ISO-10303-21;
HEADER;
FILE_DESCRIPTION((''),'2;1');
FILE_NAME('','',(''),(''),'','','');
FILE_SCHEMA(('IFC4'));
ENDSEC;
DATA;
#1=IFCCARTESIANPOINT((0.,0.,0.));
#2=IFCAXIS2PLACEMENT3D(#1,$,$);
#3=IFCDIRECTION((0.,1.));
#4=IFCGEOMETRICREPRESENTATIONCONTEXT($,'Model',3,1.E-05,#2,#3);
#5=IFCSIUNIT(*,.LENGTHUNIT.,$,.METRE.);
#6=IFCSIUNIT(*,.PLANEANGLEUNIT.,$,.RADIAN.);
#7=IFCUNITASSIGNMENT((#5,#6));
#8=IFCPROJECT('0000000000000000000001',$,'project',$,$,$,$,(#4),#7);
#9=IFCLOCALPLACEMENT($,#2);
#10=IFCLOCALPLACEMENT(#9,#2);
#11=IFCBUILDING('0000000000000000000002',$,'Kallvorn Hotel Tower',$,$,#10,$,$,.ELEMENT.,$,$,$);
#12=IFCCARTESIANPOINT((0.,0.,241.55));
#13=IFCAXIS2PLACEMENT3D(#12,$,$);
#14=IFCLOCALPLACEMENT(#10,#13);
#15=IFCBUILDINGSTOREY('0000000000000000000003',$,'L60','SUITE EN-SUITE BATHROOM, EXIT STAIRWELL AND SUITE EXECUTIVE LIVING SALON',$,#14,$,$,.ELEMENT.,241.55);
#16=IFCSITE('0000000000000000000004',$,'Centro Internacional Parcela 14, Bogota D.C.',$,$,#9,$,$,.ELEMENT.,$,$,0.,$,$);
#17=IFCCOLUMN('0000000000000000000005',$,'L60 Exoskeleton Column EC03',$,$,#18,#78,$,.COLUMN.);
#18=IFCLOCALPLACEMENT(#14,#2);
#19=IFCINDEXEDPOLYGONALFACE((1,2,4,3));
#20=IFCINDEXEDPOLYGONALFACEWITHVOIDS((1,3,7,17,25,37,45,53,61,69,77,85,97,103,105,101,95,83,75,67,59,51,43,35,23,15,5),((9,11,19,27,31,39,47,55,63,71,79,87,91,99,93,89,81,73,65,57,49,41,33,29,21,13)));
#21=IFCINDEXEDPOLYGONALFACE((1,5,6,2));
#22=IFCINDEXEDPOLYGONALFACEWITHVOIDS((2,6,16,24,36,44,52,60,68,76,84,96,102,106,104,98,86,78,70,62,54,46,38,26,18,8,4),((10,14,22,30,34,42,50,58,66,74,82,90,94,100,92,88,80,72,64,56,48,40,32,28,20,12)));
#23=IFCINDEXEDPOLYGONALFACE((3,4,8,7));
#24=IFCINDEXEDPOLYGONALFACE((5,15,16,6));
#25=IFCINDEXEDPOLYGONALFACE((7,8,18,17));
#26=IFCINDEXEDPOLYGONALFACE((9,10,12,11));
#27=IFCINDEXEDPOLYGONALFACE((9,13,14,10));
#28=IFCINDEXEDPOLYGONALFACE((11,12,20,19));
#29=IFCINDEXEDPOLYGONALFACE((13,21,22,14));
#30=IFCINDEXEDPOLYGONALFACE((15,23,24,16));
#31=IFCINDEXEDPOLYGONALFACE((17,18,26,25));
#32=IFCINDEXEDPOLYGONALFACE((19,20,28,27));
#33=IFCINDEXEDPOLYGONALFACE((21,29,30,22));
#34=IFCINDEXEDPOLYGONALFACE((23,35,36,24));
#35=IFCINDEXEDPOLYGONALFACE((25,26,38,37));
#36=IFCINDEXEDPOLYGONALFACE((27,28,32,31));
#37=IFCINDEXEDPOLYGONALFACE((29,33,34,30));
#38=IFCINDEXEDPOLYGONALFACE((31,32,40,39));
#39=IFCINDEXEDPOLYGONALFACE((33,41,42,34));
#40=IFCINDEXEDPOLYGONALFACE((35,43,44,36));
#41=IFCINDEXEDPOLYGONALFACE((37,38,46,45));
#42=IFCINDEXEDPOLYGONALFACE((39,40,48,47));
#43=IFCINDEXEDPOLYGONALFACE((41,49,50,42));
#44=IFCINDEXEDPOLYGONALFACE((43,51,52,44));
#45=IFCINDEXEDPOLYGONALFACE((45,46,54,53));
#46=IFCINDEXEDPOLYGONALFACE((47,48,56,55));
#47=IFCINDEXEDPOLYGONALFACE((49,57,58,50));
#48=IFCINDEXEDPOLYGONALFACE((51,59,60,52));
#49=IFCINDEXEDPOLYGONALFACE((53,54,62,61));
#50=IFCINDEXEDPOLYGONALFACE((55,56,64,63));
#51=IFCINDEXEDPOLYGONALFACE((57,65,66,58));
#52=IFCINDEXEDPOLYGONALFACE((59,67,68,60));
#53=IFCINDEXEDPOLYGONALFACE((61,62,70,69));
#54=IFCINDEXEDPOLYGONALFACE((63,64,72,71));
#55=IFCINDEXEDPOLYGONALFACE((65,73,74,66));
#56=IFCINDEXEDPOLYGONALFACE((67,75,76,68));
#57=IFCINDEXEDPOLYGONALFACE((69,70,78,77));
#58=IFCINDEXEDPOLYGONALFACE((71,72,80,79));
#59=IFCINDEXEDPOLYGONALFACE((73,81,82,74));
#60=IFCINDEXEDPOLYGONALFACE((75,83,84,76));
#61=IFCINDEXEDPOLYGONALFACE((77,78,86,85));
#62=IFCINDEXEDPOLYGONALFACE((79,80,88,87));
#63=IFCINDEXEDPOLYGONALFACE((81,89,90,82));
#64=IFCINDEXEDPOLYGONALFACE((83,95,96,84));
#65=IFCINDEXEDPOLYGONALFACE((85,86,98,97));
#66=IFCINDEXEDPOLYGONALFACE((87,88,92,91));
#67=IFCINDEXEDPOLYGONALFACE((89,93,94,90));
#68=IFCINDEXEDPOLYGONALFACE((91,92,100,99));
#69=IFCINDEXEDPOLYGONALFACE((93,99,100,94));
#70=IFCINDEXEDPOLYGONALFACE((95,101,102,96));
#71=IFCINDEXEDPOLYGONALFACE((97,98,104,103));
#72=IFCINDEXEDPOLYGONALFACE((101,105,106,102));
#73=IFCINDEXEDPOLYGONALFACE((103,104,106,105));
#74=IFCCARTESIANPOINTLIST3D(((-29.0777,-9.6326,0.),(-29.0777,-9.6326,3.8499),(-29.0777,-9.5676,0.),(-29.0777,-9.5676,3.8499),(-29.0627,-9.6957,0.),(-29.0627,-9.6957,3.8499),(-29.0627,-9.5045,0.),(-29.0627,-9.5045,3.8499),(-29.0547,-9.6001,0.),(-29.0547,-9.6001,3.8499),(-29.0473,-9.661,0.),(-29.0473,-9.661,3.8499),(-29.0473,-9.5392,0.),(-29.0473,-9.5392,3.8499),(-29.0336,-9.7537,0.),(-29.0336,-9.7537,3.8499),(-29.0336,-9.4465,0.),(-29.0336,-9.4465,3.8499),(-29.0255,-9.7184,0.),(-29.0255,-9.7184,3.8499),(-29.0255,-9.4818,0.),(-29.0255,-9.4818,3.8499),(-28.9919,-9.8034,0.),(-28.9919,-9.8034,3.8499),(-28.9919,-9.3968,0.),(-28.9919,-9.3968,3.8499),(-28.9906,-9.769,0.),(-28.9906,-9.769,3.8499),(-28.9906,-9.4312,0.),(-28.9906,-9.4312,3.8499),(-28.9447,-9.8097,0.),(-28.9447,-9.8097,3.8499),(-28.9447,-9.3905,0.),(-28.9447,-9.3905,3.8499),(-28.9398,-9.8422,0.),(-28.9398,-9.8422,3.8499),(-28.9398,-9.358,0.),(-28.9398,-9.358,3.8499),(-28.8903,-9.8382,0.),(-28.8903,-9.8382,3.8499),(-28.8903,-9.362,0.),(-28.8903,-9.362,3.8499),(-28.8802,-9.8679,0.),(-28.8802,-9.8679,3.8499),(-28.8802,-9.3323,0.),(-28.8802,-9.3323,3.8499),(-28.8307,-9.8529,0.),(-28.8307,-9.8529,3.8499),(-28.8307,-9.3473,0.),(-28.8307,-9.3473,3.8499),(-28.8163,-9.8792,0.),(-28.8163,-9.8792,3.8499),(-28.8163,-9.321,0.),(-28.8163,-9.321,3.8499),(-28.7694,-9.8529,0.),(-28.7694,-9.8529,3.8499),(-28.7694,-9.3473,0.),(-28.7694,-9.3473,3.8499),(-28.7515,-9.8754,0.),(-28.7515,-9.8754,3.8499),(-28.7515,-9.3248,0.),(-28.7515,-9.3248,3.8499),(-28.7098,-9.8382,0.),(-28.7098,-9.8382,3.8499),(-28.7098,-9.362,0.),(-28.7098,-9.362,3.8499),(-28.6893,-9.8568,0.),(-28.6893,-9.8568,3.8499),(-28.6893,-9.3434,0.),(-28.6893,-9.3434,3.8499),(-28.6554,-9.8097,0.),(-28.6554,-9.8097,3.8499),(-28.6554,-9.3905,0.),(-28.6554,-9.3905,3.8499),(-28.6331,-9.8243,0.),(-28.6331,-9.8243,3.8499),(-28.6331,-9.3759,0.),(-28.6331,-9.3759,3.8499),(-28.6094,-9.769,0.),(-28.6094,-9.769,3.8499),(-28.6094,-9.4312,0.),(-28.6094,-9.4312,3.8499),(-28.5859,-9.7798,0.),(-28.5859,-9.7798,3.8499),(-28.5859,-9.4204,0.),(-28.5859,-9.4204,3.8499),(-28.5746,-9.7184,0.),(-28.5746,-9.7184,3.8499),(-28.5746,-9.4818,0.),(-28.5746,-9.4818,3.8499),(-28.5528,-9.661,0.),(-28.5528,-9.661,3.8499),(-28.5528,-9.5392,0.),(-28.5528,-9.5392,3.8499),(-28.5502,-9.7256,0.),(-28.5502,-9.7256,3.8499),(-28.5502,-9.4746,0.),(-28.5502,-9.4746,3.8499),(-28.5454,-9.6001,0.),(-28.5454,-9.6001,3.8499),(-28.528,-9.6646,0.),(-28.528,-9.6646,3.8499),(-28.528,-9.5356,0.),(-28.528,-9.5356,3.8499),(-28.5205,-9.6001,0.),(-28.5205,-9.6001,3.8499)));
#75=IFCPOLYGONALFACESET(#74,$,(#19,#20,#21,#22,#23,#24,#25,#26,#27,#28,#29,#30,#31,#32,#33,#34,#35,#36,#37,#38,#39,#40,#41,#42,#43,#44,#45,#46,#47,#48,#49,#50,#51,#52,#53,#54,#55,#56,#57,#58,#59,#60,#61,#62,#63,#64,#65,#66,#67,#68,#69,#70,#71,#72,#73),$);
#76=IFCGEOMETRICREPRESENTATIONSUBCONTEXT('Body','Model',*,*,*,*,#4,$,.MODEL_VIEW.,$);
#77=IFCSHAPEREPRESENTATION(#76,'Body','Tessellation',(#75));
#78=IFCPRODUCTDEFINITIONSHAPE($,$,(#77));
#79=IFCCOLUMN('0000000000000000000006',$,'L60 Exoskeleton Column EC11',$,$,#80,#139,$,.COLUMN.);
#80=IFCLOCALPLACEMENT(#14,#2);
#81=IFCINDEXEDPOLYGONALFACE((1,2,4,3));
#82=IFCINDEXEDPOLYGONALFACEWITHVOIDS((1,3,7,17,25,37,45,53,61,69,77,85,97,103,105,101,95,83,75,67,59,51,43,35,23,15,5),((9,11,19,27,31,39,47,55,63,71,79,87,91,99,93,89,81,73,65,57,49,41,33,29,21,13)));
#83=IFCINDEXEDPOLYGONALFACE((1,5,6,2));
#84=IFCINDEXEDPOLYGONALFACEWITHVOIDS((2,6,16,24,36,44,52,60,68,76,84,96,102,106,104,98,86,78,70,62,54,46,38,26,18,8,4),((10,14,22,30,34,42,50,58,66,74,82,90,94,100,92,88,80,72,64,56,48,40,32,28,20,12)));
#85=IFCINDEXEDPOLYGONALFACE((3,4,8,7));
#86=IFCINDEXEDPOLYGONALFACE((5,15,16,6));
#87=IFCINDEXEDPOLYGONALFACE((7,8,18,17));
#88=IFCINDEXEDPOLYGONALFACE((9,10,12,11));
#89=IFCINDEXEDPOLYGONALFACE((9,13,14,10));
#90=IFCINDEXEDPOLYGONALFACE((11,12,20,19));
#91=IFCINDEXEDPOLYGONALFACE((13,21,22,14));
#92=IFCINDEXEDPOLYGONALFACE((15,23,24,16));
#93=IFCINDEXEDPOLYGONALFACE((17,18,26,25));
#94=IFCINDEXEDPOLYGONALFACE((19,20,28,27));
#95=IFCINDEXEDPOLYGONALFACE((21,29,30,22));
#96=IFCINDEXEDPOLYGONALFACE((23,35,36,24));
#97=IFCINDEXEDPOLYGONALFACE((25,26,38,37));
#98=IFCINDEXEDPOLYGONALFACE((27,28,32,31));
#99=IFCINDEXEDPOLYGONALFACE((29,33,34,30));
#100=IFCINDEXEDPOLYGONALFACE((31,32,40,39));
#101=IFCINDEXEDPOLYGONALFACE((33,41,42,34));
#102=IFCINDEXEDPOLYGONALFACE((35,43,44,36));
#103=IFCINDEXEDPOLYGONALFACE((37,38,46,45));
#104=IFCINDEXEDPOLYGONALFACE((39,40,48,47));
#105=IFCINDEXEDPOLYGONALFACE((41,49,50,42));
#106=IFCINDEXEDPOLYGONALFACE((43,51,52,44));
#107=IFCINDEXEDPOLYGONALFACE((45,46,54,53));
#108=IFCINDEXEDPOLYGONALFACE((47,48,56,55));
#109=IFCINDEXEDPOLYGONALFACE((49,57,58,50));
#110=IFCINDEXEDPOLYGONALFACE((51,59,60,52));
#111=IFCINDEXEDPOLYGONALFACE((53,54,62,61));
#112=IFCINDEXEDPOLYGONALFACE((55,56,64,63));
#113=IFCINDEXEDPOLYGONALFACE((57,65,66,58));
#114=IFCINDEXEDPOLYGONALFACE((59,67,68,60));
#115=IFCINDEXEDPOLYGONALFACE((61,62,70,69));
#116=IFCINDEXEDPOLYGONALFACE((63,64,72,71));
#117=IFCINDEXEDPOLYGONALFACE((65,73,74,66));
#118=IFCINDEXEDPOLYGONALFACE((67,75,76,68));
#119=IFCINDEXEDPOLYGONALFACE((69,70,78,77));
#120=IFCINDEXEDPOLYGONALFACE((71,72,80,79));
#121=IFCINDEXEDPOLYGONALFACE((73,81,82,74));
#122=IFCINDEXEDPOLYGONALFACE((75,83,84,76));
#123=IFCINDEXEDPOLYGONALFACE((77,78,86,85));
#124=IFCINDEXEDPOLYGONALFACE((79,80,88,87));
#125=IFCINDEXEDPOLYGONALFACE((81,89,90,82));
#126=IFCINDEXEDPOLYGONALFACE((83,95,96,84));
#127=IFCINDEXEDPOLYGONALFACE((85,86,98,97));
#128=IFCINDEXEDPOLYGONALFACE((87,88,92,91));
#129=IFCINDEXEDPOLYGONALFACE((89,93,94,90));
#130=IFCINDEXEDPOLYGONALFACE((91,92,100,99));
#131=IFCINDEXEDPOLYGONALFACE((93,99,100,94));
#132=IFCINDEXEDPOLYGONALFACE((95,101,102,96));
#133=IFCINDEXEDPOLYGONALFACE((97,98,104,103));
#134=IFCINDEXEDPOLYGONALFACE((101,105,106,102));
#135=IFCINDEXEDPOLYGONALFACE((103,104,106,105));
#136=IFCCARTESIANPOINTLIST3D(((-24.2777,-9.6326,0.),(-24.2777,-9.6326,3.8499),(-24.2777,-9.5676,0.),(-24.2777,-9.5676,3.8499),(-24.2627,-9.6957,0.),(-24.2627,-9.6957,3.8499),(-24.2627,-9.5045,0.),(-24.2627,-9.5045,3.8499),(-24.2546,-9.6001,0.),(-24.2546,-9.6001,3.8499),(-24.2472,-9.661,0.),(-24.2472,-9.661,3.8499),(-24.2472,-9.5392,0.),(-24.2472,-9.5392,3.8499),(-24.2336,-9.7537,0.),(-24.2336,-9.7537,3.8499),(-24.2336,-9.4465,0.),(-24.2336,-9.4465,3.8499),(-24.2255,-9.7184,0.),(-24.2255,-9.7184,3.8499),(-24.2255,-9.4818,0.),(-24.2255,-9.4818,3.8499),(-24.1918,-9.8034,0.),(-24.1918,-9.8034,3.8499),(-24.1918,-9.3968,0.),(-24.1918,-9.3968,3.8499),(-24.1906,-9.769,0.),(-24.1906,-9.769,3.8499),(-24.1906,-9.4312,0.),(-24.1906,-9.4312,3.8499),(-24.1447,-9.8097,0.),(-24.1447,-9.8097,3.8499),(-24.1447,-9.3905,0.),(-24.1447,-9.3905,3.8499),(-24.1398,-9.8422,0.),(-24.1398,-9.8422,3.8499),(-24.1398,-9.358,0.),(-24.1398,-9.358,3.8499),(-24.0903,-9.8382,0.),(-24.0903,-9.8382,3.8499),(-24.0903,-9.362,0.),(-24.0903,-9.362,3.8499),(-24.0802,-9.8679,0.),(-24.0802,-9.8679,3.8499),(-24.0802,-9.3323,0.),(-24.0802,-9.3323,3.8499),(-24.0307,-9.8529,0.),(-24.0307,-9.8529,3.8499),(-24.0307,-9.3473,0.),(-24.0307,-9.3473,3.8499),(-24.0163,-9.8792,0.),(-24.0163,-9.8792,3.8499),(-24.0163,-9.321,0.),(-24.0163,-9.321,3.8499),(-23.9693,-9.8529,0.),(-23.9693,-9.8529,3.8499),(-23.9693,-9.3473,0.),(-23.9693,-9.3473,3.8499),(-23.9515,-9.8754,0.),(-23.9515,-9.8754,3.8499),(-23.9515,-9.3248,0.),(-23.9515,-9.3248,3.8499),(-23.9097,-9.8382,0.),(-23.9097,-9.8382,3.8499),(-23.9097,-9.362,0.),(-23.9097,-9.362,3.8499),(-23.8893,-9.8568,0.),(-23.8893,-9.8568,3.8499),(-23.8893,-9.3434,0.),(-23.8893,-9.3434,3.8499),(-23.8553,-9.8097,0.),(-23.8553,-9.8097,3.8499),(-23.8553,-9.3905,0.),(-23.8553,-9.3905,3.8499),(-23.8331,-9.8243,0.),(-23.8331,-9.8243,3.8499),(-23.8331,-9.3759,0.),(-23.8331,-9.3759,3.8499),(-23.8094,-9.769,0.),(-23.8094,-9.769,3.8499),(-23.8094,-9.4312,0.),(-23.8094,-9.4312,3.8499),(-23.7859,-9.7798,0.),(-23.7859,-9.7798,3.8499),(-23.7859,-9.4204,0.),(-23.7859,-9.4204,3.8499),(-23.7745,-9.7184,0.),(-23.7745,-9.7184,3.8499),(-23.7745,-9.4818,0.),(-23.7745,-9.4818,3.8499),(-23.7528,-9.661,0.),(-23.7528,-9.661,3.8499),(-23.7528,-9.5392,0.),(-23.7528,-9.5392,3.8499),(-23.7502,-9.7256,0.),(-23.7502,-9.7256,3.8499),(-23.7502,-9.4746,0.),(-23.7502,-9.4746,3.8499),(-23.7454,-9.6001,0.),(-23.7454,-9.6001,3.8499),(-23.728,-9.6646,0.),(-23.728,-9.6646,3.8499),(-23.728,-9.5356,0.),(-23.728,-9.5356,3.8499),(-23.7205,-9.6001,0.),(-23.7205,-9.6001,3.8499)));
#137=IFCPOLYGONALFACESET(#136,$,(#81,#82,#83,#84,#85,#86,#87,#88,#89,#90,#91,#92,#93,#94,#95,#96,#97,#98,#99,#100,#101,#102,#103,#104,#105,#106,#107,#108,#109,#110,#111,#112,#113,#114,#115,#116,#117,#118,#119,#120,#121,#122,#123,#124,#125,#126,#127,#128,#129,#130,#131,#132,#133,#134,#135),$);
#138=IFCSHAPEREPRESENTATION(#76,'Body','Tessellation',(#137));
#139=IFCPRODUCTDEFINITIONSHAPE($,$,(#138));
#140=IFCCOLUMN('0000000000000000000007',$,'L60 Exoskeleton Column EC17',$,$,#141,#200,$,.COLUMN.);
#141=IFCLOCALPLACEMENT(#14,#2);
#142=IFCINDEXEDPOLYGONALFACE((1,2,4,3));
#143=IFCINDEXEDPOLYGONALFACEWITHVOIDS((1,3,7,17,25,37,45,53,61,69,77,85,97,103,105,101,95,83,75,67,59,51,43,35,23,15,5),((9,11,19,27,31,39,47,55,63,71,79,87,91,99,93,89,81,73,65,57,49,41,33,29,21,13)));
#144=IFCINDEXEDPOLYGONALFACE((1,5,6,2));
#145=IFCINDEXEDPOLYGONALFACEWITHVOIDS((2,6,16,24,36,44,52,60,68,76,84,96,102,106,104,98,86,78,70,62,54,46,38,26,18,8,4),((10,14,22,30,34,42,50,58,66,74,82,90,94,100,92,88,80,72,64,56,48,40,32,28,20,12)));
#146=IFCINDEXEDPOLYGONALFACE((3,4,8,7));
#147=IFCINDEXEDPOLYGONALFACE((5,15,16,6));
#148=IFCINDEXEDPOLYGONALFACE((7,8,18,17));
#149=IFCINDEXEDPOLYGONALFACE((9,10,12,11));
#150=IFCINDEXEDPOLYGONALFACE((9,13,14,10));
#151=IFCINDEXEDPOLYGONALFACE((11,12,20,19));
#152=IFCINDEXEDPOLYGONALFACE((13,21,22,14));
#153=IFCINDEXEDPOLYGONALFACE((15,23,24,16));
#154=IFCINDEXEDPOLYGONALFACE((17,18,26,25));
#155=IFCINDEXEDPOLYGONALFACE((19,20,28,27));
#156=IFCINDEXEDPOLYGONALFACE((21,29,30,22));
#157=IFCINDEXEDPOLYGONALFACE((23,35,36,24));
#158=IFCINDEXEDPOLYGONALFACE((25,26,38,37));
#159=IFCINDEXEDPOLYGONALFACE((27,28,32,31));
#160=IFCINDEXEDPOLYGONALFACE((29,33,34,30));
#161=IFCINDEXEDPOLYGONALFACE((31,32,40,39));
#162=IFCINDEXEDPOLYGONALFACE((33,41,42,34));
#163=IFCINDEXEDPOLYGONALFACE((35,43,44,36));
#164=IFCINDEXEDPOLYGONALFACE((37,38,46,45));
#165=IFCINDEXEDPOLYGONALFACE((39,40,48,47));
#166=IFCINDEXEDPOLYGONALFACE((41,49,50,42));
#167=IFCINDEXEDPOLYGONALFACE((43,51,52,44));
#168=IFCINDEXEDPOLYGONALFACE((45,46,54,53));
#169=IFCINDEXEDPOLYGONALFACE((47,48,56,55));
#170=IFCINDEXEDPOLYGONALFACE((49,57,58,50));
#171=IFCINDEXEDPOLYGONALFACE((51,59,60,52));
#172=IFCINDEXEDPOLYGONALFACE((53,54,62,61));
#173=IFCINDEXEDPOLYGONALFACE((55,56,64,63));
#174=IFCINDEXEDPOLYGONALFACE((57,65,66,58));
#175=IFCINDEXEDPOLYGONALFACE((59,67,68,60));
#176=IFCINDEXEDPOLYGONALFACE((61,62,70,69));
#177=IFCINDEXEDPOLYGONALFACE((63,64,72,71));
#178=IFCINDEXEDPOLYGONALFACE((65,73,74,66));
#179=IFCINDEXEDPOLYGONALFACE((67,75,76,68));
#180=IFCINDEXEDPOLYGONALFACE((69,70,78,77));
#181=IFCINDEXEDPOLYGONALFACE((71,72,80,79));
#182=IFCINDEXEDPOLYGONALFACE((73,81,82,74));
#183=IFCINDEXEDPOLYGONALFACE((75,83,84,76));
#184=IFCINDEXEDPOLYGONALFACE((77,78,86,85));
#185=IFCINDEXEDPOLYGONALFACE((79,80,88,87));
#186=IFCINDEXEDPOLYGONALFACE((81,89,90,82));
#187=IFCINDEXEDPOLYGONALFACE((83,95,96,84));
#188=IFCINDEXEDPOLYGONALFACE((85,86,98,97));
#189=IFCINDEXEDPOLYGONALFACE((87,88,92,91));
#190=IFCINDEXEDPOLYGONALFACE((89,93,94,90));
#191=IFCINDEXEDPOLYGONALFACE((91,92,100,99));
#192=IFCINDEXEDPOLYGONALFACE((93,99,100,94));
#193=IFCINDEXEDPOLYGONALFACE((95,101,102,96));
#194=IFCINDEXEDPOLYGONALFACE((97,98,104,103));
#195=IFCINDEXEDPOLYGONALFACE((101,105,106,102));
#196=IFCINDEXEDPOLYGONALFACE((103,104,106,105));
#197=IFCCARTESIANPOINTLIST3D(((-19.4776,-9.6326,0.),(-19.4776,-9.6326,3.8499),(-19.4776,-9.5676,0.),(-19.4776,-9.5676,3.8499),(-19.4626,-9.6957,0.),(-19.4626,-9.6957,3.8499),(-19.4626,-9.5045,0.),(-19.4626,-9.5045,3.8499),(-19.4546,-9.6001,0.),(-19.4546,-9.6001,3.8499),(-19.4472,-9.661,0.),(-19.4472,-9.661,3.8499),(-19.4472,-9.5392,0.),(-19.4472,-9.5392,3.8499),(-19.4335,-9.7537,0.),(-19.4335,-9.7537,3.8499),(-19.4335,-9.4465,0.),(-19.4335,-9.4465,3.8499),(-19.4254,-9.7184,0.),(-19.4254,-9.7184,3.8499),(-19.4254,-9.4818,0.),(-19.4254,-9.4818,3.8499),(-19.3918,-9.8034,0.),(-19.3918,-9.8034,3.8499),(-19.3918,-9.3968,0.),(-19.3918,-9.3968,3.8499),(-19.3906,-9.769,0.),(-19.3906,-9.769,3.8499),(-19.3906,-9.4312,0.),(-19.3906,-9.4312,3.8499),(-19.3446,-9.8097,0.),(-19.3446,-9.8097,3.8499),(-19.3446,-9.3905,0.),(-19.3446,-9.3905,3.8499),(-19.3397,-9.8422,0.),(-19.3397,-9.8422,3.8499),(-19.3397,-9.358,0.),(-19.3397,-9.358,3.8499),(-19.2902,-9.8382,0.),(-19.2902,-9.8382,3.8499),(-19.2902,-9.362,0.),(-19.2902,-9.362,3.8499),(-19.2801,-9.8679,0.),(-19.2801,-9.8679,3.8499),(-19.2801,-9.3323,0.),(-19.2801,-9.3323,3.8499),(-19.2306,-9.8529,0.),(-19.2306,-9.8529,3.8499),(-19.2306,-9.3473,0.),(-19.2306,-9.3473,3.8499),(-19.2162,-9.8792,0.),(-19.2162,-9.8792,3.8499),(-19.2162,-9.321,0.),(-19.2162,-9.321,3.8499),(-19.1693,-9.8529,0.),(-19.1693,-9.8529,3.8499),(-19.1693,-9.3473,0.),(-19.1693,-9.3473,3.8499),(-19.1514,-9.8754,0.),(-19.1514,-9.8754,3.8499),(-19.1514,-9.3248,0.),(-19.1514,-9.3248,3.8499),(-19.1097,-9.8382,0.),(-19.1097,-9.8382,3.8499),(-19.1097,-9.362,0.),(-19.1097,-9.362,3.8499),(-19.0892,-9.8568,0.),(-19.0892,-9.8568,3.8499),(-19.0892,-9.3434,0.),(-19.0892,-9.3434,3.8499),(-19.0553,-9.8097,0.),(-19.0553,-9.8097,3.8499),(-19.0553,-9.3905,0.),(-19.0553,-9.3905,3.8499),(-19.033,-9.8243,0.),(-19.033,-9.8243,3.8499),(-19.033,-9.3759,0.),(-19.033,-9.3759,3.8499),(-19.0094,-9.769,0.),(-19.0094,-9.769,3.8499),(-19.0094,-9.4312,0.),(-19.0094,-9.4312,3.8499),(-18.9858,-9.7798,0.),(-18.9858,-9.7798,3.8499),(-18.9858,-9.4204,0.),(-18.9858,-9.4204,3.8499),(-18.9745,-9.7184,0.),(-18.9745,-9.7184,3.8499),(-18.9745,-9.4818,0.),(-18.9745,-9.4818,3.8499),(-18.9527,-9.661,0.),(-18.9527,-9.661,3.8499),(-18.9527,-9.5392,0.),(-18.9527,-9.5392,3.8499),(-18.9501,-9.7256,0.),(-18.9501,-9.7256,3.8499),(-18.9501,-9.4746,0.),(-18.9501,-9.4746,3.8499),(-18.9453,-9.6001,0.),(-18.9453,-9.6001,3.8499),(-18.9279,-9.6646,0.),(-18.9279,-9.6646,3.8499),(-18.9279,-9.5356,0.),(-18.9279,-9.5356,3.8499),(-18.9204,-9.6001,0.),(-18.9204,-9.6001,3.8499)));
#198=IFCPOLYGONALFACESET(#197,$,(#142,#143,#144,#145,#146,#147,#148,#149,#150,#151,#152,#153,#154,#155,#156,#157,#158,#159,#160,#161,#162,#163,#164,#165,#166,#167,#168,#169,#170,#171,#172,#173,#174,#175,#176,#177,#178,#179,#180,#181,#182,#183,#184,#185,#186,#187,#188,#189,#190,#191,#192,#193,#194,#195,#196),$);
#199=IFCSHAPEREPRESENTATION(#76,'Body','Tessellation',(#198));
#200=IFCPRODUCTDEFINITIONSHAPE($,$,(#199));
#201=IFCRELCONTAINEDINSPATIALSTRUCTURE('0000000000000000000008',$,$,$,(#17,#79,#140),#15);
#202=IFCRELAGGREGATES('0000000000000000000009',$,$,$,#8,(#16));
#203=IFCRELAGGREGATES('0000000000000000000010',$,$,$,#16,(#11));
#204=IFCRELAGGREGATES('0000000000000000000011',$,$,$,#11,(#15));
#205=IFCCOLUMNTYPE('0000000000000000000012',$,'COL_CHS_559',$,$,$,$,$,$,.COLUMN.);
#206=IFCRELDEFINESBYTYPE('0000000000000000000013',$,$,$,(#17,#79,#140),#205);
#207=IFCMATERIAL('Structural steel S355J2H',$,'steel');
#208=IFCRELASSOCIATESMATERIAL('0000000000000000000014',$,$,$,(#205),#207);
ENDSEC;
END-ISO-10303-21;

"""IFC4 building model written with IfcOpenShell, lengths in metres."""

from ifc_helpers import new_model, si_unit, direction, frame, origin, origin_2d, place, context, subcontext, project, spatial, hollow_circle, extrude, material, material_profile, profile_set, type_object, element, save


model = new_model("IFC4")

# Units and contexts
model_context = context("Model", 3, precision=1e-05, world=origin(), true_north=direction((0.0, 1.0)))
body_context = subcontext(model_context, "Body", "Model", "MODEL_VIEW")
ifc_project = project(units=[si_unit("LENGTHUNIT", "METRE"), si_unit("PLANEANGLEUNIT", "RADIAN")], contexts=[model_context])

# Site, building, storey
site_placement = place(None, origin())
site = spatial("IfcSite", under=ifc_project, at=site_placement, Name="Centro Internacional Parcela 14, Bogota D.C.", CompositionType="ELEMENT", RefElevation=0.0)
building_placement = place(site_placement, origin())
building = spatial("IfcBuilding", under=site, at=building_placement, Name="Kallvorn Hotel Tower", CompositionType="ELEMENT")
storey_placement = place(building_placement, frame((0.0, 0.0, 241.55)))
storey = spatial("IfcBuildingStorey", under=building, at=storey_placement, Name="L60", Description="SUITE EN-SUITE BATHROOM, EXIT STAIRWELL AND SUITE EXECUTIVE LIVING SALON", CompositionType="ELEMENT", Elevation=241.55)

# Columns
ifc_material_1 = material(Name="Structural steel S355J2H", Category="steel")
ifc_material_profile_1 = material_profile(ifc_material_1, hollow_circle(Radius=0.2795, WallThickness=0.0249, at=origin_2d()), Name="CHS 559x25")
ifc_profile_set_1 = profile_set([ifc_material_profile_1], Name="Structural steel S355J2H")
column_type_1 = type_object("IfcColumnType", Name="COL_CHS_559", PredefinedType="COLUMN", material=ifc_profile_set_1)
for number, where, z_axis, x_axis, name in (
    (1, (-28.8, -9.6001, 0.0), (0.0, 0.0, 1.0), (1.0, 0.0, 0.0), "L60 Exoskeleton Column EC03"),
    (2, (-24.0, -9.6001, 0.0), (0.0, 0.0, 1.0), (1.0, 0.0, 0.0), "L60 Exoskeleton Column EC11"),
    (3, (-19.2, -9.6001, 0.0), (0.0, 0.0, 1.0), (1.0, 0.0, 0.0), "L60 Exoskeleton Column EC17"),
):
    element("IfcColumn", number, at=place(storey_placement, frame(where, z_axis=z_axis, x_axis=x_axis)), inside=storey, type_object=column_type_1, Name=name, PredefinedType="COLUMN", context=body_context, shape_type="SweptSolid", body=[
        extrude(hollow_circle(Radius=0.2795, WallThickness=0.0249, at=origin_2d()), origin(), (0.0, 0.0, 1.0), 3.8499),
    ])

save(model, "model.ifc")
